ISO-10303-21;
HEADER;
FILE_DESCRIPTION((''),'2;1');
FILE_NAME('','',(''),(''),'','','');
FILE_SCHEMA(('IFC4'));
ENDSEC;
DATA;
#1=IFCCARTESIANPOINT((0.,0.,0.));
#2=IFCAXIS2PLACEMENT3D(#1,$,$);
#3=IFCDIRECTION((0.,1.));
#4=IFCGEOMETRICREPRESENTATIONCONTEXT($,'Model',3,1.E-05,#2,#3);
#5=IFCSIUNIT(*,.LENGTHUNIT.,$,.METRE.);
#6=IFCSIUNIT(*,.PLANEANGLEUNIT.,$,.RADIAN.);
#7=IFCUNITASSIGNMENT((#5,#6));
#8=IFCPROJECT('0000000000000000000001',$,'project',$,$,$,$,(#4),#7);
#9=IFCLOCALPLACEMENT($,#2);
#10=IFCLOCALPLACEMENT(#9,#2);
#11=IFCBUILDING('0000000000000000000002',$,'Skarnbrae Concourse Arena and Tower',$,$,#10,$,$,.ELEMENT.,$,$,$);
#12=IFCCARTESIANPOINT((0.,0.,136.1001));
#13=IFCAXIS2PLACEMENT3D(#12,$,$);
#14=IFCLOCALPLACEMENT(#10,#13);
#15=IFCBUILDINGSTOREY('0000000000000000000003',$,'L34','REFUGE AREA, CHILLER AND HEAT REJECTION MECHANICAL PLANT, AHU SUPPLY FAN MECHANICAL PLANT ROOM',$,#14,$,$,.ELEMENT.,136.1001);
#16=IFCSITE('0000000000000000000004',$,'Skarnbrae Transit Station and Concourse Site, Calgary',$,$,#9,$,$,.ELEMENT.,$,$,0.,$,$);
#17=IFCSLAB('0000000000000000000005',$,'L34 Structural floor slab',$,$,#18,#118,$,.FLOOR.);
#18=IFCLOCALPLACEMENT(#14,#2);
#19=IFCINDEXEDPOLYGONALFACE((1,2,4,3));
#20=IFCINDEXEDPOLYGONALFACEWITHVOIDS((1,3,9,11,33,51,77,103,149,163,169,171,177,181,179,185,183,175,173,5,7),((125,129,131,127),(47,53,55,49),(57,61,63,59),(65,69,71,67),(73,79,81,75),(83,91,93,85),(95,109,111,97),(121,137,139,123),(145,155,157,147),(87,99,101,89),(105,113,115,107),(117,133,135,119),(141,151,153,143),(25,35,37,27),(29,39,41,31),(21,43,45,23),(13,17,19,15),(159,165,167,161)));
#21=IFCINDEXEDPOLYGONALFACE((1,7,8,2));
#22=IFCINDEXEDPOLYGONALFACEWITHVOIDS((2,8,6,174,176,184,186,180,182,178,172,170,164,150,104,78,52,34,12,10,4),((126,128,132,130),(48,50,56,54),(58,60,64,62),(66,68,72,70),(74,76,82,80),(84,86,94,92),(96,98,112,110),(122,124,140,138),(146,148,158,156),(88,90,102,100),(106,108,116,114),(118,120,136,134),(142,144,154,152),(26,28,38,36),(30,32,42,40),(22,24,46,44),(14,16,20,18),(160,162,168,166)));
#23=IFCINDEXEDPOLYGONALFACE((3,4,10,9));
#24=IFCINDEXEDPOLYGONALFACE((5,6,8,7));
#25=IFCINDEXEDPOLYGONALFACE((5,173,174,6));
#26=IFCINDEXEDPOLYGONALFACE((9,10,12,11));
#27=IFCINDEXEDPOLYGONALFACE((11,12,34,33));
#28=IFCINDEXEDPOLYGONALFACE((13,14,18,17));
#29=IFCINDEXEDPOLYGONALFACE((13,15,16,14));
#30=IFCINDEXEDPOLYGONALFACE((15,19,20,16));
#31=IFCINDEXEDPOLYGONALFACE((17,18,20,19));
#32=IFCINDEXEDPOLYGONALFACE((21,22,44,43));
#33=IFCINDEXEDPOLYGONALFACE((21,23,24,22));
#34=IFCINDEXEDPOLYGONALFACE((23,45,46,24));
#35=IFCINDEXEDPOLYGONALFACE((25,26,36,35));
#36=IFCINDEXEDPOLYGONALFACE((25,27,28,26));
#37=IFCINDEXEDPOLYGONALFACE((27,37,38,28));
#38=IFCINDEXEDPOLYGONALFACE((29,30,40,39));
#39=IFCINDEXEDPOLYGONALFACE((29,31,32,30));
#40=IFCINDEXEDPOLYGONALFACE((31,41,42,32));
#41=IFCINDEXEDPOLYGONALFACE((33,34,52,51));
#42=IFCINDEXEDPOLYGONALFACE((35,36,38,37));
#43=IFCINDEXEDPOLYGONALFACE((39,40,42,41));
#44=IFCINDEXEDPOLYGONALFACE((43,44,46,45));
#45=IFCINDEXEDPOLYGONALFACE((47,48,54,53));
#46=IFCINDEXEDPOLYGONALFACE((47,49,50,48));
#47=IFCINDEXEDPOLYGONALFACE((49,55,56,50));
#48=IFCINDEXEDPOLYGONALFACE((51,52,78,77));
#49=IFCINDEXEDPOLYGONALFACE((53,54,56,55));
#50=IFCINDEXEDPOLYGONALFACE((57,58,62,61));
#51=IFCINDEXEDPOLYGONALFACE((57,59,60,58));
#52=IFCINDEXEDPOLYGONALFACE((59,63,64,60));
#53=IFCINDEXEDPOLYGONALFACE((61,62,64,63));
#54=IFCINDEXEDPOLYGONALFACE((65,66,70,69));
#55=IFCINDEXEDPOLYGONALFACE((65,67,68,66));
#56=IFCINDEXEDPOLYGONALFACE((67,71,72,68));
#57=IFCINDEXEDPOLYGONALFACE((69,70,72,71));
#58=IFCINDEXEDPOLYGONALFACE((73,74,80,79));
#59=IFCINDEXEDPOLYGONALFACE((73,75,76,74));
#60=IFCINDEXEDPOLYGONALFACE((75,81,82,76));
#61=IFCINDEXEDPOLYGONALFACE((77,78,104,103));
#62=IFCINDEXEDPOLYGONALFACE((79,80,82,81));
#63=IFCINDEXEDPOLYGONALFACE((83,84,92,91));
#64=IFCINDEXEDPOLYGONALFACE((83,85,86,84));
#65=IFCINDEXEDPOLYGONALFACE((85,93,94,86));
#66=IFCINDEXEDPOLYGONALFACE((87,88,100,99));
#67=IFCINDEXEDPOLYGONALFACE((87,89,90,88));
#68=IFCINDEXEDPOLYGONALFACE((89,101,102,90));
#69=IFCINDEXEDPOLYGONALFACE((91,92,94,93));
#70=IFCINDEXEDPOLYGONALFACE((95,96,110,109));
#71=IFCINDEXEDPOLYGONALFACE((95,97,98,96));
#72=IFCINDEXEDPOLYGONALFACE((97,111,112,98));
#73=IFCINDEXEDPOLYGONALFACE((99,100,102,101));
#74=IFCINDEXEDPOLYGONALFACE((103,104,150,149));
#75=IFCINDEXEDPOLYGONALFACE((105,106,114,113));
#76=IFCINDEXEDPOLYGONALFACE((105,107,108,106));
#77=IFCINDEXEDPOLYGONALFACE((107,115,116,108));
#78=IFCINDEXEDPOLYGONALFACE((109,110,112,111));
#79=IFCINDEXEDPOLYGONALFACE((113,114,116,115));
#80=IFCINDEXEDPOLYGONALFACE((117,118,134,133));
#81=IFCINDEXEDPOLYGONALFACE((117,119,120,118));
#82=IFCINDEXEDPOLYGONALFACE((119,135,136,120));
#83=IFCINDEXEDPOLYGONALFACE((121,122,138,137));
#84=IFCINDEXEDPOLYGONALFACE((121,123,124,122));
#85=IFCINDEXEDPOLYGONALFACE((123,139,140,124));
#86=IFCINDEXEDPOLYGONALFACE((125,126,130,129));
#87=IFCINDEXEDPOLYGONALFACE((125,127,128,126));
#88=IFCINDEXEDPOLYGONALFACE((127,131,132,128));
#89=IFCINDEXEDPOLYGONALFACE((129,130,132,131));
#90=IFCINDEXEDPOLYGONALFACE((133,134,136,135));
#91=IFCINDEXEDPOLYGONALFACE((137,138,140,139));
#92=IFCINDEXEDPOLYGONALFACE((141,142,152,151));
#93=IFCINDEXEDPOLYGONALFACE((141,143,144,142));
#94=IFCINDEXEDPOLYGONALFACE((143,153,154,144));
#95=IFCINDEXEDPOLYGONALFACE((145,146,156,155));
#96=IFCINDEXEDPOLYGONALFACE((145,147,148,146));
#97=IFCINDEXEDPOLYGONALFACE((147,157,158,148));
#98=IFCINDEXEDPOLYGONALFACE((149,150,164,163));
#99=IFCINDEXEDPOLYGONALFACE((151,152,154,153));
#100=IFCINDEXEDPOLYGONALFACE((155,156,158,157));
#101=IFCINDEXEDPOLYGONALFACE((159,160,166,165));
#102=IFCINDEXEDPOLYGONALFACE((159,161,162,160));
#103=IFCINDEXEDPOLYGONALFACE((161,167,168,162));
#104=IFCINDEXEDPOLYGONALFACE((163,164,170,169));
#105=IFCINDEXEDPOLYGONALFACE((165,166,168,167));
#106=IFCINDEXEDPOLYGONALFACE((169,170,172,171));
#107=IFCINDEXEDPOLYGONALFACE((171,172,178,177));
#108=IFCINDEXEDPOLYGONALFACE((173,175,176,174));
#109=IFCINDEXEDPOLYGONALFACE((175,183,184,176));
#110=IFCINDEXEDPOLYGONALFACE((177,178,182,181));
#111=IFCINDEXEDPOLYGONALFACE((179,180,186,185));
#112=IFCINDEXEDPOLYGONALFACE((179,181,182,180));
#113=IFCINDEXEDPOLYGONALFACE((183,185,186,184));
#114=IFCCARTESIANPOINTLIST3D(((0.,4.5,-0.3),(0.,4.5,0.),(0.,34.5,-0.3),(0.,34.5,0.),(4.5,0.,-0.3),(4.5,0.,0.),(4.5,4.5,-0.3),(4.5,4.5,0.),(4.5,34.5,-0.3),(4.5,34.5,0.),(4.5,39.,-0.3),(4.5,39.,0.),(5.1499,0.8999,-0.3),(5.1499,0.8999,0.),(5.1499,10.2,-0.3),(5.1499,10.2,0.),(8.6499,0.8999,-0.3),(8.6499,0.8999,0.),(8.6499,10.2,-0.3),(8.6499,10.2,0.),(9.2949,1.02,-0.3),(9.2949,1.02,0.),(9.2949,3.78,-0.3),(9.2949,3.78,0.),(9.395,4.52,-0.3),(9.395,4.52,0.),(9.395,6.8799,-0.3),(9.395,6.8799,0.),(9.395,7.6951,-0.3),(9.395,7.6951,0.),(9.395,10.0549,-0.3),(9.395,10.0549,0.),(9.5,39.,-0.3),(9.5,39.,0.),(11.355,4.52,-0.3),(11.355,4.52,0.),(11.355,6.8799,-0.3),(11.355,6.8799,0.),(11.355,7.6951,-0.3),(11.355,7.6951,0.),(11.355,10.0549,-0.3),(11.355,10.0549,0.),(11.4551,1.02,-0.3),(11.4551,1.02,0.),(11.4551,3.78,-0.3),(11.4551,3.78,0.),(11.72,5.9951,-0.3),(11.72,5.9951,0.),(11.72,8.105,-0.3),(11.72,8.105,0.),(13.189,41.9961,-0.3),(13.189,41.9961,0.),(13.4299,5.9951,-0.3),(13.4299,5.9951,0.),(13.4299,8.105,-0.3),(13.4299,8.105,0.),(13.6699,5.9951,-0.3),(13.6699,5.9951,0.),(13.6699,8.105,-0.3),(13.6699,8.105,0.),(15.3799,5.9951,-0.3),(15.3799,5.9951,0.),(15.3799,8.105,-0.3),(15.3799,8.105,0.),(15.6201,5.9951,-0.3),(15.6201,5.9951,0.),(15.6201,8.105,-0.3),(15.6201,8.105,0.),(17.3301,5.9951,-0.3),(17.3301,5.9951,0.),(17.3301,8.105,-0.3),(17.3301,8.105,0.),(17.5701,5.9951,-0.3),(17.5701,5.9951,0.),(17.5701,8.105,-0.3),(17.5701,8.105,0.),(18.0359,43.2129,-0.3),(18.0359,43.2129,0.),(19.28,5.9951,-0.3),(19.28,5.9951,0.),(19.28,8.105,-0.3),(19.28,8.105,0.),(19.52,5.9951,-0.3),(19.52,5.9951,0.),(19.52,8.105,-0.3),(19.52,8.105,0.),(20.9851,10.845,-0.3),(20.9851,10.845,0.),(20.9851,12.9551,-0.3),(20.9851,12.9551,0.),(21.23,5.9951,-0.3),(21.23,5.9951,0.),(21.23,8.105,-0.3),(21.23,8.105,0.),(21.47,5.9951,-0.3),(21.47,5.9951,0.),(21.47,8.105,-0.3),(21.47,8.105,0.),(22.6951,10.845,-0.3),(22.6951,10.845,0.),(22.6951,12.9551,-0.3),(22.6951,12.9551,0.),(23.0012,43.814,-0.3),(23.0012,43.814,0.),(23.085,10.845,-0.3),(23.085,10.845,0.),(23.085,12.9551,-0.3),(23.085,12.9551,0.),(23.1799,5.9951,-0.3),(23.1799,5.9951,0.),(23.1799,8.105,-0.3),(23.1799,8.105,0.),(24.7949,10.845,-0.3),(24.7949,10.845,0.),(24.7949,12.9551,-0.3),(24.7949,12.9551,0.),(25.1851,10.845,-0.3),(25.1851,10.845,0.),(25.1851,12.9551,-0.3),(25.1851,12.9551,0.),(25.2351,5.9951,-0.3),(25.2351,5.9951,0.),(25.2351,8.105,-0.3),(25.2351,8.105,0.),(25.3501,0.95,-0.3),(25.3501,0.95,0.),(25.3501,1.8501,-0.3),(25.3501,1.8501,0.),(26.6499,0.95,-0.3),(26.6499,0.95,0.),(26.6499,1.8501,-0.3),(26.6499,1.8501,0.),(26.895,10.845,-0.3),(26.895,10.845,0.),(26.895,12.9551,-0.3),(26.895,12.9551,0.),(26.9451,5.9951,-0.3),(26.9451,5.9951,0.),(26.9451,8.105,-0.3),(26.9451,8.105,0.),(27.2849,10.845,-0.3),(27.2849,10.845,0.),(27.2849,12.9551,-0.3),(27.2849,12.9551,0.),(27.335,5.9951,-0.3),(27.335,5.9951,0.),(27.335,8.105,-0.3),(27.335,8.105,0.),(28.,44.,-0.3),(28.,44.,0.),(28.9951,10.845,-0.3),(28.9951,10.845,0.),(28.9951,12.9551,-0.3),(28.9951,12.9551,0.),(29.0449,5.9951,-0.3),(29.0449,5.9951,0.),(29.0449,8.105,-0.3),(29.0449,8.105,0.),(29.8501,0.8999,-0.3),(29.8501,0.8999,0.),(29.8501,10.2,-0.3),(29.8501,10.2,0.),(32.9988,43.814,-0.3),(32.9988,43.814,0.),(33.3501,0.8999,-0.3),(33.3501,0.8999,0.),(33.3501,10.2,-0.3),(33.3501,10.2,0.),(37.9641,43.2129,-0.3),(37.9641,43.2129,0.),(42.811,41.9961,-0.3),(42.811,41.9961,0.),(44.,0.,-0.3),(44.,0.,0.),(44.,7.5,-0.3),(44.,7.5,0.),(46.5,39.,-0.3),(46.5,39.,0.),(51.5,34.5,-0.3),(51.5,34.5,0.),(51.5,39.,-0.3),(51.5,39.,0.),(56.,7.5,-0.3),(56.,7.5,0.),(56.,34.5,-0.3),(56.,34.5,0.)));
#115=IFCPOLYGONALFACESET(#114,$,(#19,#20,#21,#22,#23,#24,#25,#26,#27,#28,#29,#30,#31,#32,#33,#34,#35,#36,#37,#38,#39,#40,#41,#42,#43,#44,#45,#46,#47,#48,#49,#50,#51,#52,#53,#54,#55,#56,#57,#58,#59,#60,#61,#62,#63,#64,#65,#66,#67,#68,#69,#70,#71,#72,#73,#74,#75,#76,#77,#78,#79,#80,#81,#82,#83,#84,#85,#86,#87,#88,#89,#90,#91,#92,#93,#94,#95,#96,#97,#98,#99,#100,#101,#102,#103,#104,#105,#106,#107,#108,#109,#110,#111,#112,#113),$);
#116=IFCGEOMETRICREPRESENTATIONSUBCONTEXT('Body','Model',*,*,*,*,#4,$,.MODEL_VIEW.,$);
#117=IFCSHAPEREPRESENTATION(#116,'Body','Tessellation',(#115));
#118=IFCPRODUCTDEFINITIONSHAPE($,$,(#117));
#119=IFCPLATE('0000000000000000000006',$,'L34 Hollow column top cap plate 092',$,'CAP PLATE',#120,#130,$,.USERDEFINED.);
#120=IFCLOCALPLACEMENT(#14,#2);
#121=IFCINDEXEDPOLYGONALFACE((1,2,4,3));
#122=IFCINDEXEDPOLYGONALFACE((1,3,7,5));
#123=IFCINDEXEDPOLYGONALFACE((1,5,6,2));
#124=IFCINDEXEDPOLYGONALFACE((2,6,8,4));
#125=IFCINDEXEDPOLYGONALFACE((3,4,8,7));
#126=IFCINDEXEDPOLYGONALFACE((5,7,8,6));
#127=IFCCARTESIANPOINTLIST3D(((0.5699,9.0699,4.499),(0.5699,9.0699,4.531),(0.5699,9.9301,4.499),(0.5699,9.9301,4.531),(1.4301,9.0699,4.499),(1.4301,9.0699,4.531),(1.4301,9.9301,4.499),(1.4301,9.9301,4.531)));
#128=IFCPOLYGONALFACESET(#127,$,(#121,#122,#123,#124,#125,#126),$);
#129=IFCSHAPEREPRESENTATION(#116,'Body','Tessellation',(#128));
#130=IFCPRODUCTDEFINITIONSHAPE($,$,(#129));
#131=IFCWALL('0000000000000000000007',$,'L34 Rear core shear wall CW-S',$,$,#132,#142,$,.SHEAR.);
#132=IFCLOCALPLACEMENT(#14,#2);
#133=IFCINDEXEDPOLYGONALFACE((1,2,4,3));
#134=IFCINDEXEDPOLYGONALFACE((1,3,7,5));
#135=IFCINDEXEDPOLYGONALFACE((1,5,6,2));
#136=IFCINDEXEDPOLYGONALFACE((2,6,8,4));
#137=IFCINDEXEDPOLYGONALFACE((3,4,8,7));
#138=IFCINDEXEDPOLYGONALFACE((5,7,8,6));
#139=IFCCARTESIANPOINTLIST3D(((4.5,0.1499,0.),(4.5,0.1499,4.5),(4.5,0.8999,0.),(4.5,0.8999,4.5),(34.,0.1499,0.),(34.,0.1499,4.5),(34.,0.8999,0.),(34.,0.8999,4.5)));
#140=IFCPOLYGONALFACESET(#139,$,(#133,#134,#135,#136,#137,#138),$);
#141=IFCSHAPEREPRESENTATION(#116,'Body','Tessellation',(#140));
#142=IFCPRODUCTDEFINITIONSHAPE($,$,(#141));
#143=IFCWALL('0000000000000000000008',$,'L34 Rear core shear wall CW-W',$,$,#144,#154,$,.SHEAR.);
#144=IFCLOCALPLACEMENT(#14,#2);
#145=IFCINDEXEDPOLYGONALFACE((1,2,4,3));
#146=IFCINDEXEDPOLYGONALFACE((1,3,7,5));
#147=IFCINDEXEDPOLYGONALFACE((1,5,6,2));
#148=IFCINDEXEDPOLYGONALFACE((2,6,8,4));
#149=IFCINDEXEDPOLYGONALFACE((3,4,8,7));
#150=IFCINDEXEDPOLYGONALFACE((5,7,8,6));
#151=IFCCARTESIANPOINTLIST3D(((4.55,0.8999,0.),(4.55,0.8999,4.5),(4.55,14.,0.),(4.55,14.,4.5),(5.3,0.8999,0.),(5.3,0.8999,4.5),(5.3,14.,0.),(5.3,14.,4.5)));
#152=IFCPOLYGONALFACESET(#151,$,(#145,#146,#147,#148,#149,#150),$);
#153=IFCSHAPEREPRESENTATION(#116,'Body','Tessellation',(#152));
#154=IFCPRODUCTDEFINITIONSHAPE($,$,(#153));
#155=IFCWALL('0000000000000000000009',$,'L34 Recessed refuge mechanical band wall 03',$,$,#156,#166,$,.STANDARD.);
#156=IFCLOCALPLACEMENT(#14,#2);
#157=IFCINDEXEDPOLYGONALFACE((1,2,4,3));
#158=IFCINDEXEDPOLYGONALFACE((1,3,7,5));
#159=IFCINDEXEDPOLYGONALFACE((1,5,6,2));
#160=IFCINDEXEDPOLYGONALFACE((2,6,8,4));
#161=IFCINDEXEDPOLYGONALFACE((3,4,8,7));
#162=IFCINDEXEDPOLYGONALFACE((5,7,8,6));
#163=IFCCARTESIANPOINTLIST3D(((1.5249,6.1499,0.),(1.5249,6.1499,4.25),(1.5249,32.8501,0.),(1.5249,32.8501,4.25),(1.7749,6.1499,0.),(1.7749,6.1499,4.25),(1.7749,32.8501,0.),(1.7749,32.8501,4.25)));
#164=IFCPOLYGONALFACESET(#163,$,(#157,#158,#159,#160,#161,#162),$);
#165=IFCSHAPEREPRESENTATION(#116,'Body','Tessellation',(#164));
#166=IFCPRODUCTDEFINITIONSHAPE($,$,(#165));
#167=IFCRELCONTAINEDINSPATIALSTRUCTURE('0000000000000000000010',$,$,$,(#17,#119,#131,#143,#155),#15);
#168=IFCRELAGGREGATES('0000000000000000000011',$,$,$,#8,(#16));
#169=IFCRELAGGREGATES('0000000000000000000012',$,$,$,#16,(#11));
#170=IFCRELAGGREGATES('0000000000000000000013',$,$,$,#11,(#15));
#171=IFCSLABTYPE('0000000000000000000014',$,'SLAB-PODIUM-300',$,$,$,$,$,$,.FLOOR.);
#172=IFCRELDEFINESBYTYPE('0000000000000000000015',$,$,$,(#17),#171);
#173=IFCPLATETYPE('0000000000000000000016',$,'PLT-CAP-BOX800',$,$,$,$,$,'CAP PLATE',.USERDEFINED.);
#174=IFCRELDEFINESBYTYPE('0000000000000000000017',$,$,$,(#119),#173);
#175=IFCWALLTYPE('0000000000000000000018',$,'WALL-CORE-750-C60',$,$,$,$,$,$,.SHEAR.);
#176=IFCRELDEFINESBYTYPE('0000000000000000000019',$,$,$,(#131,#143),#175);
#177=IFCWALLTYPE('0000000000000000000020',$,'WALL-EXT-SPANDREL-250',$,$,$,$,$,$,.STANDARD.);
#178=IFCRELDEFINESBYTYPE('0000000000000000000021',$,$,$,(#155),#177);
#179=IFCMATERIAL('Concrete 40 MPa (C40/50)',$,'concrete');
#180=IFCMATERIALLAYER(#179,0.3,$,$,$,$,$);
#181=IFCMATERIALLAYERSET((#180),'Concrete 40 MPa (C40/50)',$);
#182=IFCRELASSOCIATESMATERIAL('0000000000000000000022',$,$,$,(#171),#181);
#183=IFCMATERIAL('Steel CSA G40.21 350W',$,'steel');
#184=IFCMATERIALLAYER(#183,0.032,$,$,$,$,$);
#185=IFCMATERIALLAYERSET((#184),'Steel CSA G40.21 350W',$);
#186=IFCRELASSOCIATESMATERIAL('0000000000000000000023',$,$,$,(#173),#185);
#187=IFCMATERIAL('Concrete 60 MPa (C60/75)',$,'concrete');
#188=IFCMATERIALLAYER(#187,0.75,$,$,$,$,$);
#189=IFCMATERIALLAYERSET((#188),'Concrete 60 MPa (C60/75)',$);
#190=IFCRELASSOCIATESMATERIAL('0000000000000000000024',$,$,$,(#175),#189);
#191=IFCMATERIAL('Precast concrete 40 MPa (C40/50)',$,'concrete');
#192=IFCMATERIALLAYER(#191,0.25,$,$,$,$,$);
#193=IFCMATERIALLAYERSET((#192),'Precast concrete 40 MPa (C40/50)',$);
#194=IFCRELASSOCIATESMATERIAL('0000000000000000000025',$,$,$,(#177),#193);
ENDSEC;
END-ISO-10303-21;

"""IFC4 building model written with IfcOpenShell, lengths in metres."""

from ifc_helpers import new_model, si_unit, direction, frame, frame_2d, origin, origin_2d, place, context, subcontext, project, spatial, polyline, rectangle, outline, extrude, source, transform, mapped, material, layer, layer_set, type_object, element, save


model = new_model("IFC4")

# Units and contexts
model_context = context("Model", 3, precision=1e-05, world=origin(), true_north=direction((0.0, 1.0)))
body_context = subcontext(model_context, "Body", "Model", "MODEL_VIEW")
ifc_project = project(units=[si_unit("LENGTHUNIT", "METRE"), si_unit("PLANEANGLEUNIT", "RADIAN")], contexts=[model_context])

# Site, building, storey
site_placement = place(None, origin())
site = spatial("IfcSite", under=ifc_project, at=site_placement, Name="Skarnbrae Transit Station and Concourse Site, Calgary", CompositionType="ELEMENT", RefElevation=0.0)
building_placement = place(site_placement, origin())
building = spatial("IfcBuilding", under=site, at=building_placement, Name="Skarnbrae Concourse Arena and Tower", CompositionType="ELEMENT")
storey_placement = place(building_placement, frame((0.0, 0.0, 136.1001)))
storey = spatial("IfcBuildingStorey", under=building, at=storey_placement, Name="L34", Description="REFUGE AREA, CHILLER AND HEAT REJECTION MECHANICAL PLANT, AHU SUPPLY FAN MECHANICAL PLANT ROOM", CompositionType="ELEMENT", Elevation=136.1001)

# Shared definitions
ifc_material_1 = material(Name="Steel CSA G40.21 350W", Category="steel")

# Shared definitions
ifc_material_2 = material(Name="Concrete 40 MPa (C40/50)", Category="concrete")

# Slab
ifc_layer_1 = layer(ifc_material_2, 0.3)
ifc_layer_set_1 = layer_set([ifc_layer_1], Name="Concrete 40 MPa (C40/50)")
slab_type_1 = type_object("IfcSlabType", Name="SLAB-PODIUM-300", PredefinedType="FLOOR", material=ifc_layer_set_1)
slab_1_placement = place(storey_placement, frame((0.0, 0.0, -0.3)))
element("IfcSlab", 1, at=slab_1_placement, inside=storey, type_object=slab_type_1, Name="L34 Structural floor slab", PredefinedType="FLOOR", context=body_context, shape_type="SweptSolid", body=[
    extrude(outline(polyline([(4.5, 0.0), (44.0, 0.0), (44.0, 7.5), (56.0, 7.5), (56.0, 34.5), (51.5, 34.5), (51.5, 39.0), (46.5, 39.0), (42.811, 41.9961), (37.9641, 43.2129), (32.9988, 43.814), (28.0, 44.0), (23.0012, 43.814), (18.0359, 43.2129), (13.189, 41.9961), (9.5, 39.0), (4.5, 39.0), (4.5, 34.5), (0.0, 34.5), (0.0, 4.5), (4.5, 4.5), (4.5, 0.0)]), holes=[polyline([(9.2949, 3.78), (11.4551, 3.78), (11.4551, 1.02), (9.2949, 1.02), (9.2949, 3.78)]), polyline([(8.6499, 10.2), (8.6499, 0.8999), (5.1499, 0.8999), (5.1499, 10.2), (8.6499, 10.2)]), polyline([(9.395, 6.8799), (11.355, 6.8799), (11.355, 4.52), (9.395, 4.52), (9.395, 6.8799)]), polyline([(11.72, 8.105), (13.4299, 8.105), (13.4299, 5.9951), (11.72, 5.9951), (11.72, 8.105)]), polyline([(13.6699, 8.105), (15.3799, 8.105), (15.3799, 5.9951), (13.6699, 5.9951), (13.6699, 8.105)]), polyline([(15.6201, 8.105), (17.3301, 8.105), (17.3301, 5.9951), (15.6201, 5.9951), (15.6201, 8.105)]), polyline([(17.5701, 8.105), (19.28, 8.105), (19.28, 5.9951), (17.5701, 5.9951), (17.5701, 8.105)]), polyline([(21.23, 8.105), (21.23, 5.9951), (19.52, 5.9951), (19.52, 8.105), (21.23, 8.105)]), polyline([(11.355, 10.0549), (11.355, 7.6951), (9.395, 7.6951), (9.395, 10.0549), (11.355, 10.0549)]), polyline([(25.3501, 1.8501), (26.6499, 1.8501), (26.6499, 0.95), (25.3501, 0.95), (25.3501, 1.8501)]), polyline([(33.3501, 10.2), (33.3501, 0.8999), (29.8501, 0.8999), (29.8501, 10.2), (33.3501, 10.2)]), polyline([(21.47, 8.105), (23.1799, 8.105), (23.1799, 5.9951), (21.47, 5.9951), (21.47, 8.105)]), polyline([(25.2351, 8.105), (26.9451, 8.105), (26.9451, 5.9951), (25.2351, 5.9951), (25.2351, 8.105)]), polyline([(27.335, 8.105), (29.0449, 8.105), (29.0449, 5.9951), (27.335, 5.9951), (27.335, 8.105)]), polyline([(20.9851, 12.9551), (22.6951, 12.9551), (22.6951, 10.845), (20.9851, 10.845), (20.9851, 12.9551)]), polyline([(23.085, 12.9551), (24.7949, 12.9551), (24.7949, 10.845), (23.085, 10.845), (23.085, 12.9551)]), polyline([(26.895, 12.9551), (26.895, 10.845), (25.1851, 10.845), (25.1851, 12.9551), (26.895, 12.9551)]), polyline([(28.9951, 12.9551), (28.9951, 10.845), (27.2849, 10.845), (27.2849, 12.9551), (28.9951, 12.9551)])]), origin(), (0.0, 0.0, 1.0), 0.3),
])

# Plate
ifc_layer_2 = layer(ifc_material_1, 0.032)
ifc_layer_set_2 = layer_set([ifc_layer_2], Name="Steel CSA G40.21 350W")
plate_type = type_object("IfcPlateType", Name="PLT-CAP-BOX800", ElementType="CAP PLATE", PredefinedType="USERDEFINED", material=ifc_layer_set_2)
shared_shape_1 = source(origin(), body_context, "Body", "SweptSolid", [
    extrude(rectangle(XDim=0.8601, YDim=0.8601, at=origin_2d()), origin(), (0.0, 0.0, 1.0), 0.032),
])
plate_placement = place(storey_placement, frame((1.0, 9.5, 4.499), z_axis=(0.0, 0.0, 1.0), x_axis=(1.0, 0.0, 0.0)))
element("IfcPlate", 2, at=plate_placement, inside=storey, type_object=plate_type, Name="L34 Hollow column top cap plate 092", ObjectType="CAP PLATE", PredefinedType="USERDEFINED", context=body_context, shape_type="MappedRepresentation", body=[
    mapped(shared_shape_1, transform((0.0, 0.0, 0.0))),
])

# Walls
ifc_material_3 = material(Name="Concrete 60 MPa (C60/75)", Category="concrete")
ifc_layer_3 = layer(ifc_material_3, 0.75)
ifc_layer_set_3 = layer_set([ifc_layer_3], Name="Concrete 60 MPa (C60/75)")
wall_type_1 = type_object("IfcWallType", Name="WALL-CORE-750-C60", PredefinedType="SHEAR", material=ifc_layer_set_3)
shared_shape_2 = source(origin(), body_context, "Body", "SweptSolid", [
    extrude(rectangle(XDim=29.5, YDim=0.75, at=frame_2d((14.75, 0.0))), origin(), (0.0, 0.0, 1.0), 4.5),
])
wall_1_placement = place(storey_placement, frame((4.5, 0.5249, 0.0), z_axis=(0.0, 0.0, 1.0), x_axis=(1.0, 0.0, 0.0)))
element("IfcWall", 3, at=wall_1_placement, inside=storey, type_object=wall_type_1, Name="L34 Rear core shear wall CW-S", PredefinedType="SHEAR", context=body_context, shape_type="MappedRepresentation", body=[
    mapped(shared_shape_2, transform((0.0, 0.0, 0.0))),
])
shared_shape_3 = source(origin(), body_context, "Body", "SweptSolid", [
    extrude(rectangle(XDim=13.1001, YDim=0.75, at=frame_2d((6.55, 0.0))), origin(), (0.0, 0.0, 1.0), 4.5),
])
wall_2_placement = place(storey_placement, frame((4.925, 0.8999, 0.0), z_axis=(0.0, 0.0, 1.0), x_axis=(0.0, 1.0, 0.0)))
element("IfcWall", 4, at=wall_2_placement, inside=storey, type_object=wall_type_1, Name="L34 Rear core shear wall CW-W", PredefinedType="SHEAR", context=body_context, shape_type="MappedRepresentation", body=[
    mapped(shared_shape_3, transform((0.0, 0.0, 0.0))),
])

# Wall
ifc_material_4 = material(Name="Precast concrete 40 MPa (C40/50)", Category="concrete")
ifc_layer_4 = layer(ifc_material_4, 0.25)
ifc_layer_set_4 = layer_set([ifc_layer_4], Name="Precast concrete 40 MPa (C40/50)")
wall_type_2 = type_object("IfcWallType", Name="WALL-EXT-SPANDREL-250", PredefinedType="STANDARD", material=ifc_layer_set_4)
shared_shape_4 = source(origin(), body_context, "Body", "SweptSolid", [
    extrude(rectangle(XDim=26.7002, YDim=0.25, at=frame_2d((13.3501, 0.0))), origin(), (0.0, 0.0, 1.0), 4.25),
])
wall_3_placement = place(storey_placement, frame((1.6499, 6.1499, 0.0), z_axis=(0.0, 0.0, 1.0), x_axis=(0.0, 1.0, 0.0)))
element("IfcWall", 5, at=wall_3_placement, inside=storey, type_object=wall_type_2, Name="L34 Recessed refuge mechanical band wall 03", PredefinedType="STANDARD", context=body_context, shape_type="MappedRepresentation", body=[
    mapped(shared_shape_4, transform((0.0, 0.0, 0.0))),
])

save(model, "model.ifc")
